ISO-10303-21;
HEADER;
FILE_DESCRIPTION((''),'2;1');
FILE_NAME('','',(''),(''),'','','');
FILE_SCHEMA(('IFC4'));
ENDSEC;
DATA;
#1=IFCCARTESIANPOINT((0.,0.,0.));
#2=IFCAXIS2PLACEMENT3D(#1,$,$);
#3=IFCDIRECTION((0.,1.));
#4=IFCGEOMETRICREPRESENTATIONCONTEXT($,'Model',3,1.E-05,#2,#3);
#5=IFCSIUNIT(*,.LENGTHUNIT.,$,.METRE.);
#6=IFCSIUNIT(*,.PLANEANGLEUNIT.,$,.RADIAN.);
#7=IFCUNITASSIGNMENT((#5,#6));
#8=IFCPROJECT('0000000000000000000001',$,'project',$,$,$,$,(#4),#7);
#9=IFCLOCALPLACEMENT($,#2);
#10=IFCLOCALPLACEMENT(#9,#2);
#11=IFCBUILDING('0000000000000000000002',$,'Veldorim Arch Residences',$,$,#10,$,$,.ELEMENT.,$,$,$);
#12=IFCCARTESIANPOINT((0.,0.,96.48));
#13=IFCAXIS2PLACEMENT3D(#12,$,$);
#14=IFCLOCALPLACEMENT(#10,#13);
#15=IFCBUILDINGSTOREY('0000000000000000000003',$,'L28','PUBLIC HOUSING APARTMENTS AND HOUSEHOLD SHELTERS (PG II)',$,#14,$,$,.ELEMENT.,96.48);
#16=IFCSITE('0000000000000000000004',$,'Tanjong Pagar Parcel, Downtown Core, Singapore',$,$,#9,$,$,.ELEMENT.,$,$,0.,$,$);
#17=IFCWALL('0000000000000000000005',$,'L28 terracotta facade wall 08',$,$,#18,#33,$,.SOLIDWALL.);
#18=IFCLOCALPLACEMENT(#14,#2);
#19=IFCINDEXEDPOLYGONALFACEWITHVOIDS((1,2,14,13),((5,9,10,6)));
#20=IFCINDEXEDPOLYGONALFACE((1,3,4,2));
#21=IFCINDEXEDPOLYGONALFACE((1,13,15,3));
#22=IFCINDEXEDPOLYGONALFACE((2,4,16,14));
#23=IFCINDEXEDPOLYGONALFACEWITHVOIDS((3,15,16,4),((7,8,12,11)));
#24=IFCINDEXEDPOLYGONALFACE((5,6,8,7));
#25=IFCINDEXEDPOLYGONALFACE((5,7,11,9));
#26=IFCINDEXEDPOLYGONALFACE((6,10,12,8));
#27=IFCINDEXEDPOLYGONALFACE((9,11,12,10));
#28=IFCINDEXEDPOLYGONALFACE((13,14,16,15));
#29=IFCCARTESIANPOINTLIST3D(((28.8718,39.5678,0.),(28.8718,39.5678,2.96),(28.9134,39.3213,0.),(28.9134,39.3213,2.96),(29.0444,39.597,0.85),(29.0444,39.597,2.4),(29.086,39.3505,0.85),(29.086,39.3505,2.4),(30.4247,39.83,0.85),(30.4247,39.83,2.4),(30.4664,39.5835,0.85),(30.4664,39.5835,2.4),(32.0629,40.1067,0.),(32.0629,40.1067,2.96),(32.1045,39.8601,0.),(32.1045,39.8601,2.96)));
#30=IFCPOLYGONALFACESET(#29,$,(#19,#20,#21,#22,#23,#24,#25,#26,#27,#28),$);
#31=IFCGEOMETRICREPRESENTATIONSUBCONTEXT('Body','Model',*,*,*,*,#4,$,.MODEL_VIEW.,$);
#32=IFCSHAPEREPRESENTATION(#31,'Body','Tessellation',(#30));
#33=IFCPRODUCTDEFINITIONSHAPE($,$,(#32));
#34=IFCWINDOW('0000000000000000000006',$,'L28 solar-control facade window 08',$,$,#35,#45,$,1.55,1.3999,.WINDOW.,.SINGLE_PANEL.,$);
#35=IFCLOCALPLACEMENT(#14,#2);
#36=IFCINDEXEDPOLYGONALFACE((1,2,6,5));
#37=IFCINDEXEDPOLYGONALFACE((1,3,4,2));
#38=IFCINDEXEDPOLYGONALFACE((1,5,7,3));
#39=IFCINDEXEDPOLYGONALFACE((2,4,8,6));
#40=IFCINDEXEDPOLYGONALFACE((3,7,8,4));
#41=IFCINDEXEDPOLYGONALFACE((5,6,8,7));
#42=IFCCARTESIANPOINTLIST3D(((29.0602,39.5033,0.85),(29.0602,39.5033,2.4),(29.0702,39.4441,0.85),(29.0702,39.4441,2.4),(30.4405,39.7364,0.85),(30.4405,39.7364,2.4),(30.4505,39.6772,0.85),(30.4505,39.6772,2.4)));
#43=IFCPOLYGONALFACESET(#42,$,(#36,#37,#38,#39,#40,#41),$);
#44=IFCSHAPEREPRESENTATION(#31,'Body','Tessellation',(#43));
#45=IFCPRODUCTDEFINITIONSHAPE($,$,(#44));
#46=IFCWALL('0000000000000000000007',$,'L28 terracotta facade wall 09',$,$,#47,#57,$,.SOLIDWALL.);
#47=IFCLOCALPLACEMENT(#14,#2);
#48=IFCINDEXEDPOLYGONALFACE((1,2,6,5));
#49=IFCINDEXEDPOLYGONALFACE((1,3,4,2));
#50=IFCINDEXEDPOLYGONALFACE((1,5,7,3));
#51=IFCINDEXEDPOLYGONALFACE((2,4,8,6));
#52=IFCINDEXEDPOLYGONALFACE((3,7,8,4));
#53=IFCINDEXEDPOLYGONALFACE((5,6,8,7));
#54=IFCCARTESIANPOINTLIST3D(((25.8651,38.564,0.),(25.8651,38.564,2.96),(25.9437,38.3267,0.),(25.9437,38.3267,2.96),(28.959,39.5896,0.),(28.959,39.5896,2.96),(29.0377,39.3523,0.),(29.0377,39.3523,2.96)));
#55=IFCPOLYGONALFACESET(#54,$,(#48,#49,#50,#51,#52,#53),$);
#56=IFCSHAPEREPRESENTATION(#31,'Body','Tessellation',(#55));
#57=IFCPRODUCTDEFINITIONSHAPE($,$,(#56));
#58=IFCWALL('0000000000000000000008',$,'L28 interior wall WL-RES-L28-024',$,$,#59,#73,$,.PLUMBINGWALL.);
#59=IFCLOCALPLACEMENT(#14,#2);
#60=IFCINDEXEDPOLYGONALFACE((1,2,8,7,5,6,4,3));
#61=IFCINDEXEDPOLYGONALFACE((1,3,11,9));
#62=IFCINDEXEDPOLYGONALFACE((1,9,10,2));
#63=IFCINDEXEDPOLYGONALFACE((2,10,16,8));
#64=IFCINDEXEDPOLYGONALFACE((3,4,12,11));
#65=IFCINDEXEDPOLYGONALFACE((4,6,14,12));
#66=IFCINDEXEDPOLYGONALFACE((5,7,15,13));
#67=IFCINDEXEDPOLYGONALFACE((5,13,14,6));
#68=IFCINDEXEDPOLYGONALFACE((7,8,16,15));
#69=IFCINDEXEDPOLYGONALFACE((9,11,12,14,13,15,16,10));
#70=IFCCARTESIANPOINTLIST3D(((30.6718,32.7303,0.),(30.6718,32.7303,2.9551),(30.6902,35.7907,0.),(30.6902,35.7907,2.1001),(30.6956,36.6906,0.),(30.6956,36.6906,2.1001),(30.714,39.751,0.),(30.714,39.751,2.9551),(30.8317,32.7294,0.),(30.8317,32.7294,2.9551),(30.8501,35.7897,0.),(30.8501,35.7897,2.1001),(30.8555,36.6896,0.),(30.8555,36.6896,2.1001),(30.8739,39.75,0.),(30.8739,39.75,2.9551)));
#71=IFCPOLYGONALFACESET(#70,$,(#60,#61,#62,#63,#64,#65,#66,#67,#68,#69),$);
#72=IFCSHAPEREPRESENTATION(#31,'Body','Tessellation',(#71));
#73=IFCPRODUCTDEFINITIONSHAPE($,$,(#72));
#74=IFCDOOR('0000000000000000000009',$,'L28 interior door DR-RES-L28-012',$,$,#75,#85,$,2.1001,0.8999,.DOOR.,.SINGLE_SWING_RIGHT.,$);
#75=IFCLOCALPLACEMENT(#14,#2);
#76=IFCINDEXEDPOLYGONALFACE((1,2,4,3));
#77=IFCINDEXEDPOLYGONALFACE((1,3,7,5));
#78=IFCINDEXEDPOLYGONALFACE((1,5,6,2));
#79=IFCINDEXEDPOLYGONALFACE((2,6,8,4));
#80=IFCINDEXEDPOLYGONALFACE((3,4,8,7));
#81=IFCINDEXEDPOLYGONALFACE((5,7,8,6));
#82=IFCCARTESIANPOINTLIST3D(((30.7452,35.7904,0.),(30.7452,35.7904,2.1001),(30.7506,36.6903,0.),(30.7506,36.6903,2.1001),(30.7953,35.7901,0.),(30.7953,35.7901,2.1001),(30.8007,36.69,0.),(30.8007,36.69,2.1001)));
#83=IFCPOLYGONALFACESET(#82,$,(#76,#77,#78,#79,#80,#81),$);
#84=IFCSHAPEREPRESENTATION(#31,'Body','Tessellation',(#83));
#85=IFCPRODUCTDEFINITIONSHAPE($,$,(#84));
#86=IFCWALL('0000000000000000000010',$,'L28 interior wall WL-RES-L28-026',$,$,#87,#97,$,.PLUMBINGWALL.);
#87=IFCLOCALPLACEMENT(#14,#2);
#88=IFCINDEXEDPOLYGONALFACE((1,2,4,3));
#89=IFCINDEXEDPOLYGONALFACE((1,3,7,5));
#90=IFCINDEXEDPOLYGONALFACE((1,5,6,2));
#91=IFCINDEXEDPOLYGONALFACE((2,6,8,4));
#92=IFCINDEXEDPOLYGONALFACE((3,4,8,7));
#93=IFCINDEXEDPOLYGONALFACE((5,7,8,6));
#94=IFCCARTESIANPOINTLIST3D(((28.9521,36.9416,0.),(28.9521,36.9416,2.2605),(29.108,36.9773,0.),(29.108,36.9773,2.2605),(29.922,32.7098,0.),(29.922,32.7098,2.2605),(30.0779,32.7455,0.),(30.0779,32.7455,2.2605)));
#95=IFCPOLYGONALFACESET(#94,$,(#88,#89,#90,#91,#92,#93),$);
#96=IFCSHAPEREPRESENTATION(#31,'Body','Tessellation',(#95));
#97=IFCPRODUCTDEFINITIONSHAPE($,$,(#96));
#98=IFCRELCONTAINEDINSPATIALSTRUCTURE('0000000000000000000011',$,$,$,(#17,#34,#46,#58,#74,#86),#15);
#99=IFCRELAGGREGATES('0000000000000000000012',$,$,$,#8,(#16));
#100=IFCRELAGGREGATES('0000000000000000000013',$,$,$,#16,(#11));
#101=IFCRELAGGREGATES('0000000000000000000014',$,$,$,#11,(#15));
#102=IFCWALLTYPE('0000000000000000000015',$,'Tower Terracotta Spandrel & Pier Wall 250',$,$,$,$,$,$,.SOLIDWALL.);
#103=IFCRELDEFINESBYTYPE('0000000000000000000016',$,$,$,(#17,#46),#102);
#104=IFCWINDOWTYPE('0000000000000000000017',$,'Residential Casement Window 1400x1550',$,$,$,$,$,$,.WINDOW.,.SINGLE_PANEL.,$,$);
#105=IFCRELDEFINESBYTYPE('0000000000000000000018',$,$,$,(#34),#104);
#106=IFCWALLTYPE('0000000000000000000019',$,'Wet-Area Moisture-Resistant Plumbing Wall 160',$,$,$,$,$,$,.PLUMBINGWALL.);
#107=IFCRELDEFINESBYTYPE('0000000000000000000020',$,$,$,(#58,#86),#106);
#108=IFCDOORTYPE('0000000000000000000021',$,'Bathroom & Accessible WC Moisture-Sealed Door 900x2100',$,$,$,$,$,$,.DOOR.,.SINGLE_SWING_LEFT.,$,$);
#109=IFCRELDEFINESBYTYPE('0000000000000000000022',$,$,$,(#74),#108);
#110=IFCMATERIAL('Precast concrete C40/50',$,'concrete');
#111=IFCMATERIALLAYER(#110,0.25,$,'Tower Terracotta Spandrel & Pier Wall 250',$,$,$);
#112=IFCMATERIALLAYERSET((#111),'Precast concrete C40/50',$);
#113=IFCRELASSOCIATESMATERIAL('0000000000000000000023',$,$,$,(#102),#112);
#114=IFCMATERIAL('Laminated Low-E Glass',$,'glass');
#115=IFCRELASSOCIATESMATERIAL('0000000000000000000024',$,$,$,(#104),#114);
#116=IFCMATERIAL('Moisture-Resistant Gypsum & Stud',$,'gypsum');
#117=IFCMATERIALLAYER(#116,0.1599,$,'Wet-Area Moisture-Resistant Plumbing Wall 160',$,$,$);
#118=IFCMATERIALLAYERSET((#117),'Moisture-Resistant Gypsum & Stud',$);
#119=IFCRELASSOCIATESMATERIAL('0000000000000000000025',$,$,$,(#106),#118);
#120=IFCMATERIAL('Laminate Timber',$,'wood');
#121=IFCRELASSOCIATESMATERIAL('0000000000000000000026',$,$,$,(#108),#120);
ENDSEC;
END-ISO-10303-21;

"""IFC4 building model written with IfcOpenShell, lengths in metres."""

from ifc_helpers import new_model, si_unit, direction, frame, frame_2d, origin, place, context, subcontext, project, spatial, rectangle, extrude, material, layer, layer_set, type_object, element, fill, save


model = new_model("IFC4")

# Units and contexts
model_context = context("Model", 3, precision=1e-05, world=origin(), true_north=direction((0.0, 1.0)))
body_context = subcontext(model_context, "Body", "Model", "MODEL_VIEW")
ifc_project = project(units=[si_unit("LENGTHUNIT", "METRE"), si_unit("PLANEANGLEUNIT", "RADIAN")], contexts=[model_context])

# Site, building, storey
site_placement = place(None, origin())
site = spatial("IfcSite", under=ifc_project, at=site_placement, Name="Tanjong Pagar Parcel, Downtown Core, Singapore", CompositionType="ELEMENT", RefElevation=0.0)
building_placement = place(site_placement, origin())
building = spatial("IfcBuilding", under=site, at=building_placement, Name="Veldorim Arch Residences", CompositionType="ELEMENT")
storey_placement = place(building_placement, frame((0.0, 0.0, 96.48)))
storey = spatial("IfcBuildingStorey", under=building, at=storey_placement, Name="L28", Description="PUBLIC HOUSING APARTMENTS AND HOUSEHOLD SHELTERS (PG II)", CompositionType="ELEMENT", Elevation=96.48)

# Wall, opening, window
ifc_material_1 = material(Name="Precast concrete C40/50", Category="concrete")
ifc_layer_1 = layer(ifc_material_1, 0.25, Name="Tower Terracotta Spandrel & Pier Wall 250")
ifc_layer_set_1 = layer_set([ifc_layer_1], Name="Precast concrete C40/50")
wall_type_1 = type_object("IfcWallType", Name="Tower Terracotta Spandrel & Pier Wall 250", PredefinedType="SOLIDWALL", material=ifc_layer_set_1)
wall_1_placement = place(storey_placement, frame((28.8926, 39.4446, 0.0), z_axis=(0.0, 0.0, 1.0), x_axis=(0.986043, 0.16649, 0.0)))
wall_1 = element("IfcWall", 1, at=wall_1_placement, inside=storey, type_object=wall_type_1, Name="L28 terracotta facade wall 08", PredefinedType="SOLIDWALL", context=body_context, shape_type="SweptSolid", body=[
    extrude(rectangle(XDim=3.2363, YDim=0.25, at=frame_2d((1.6182, 0.0))), origin(), (0.0, 0.0, 1.0), 2.96),
])
opening_1_placement = place(wall_1_placement, frame((0.175, 0.0, 0.8501)))
opening_1 = element("IfcOpeningElement", 2, at=opening_1_placement, cuts=wall_1, PredefinedType="OPENING", context=body_context, shape_type="SweptSolid", body=[
    extrude(rectangle(XDim=1.3999, YDim=1.55, at=frame_2d((0.7, 0.7749))), frame((0.0, 0.135, 0.0), z_axis=(0.0, -1.0, 0.0), x_axis=(1.0, 0.0, 0.0)), (0.0, 0.0, 1.0), 0.27),
])
ifc_material_2 = material(Name="Laminated Low-E Glass", Category="glass")
window_type = type_object("IfcWindowType", Name="Residential Casement Window 1400x1550", PartitioningType="SINGLE_PANEL", PredefinedType="WINDOW", material=ifc_material_2)
window_placement = place(opening_1_placement, origin())
window = element("IfcWindow", 3, at=window_placement, inside=storey, type_object=window_type, Name="L28 solar-control facade window 08", OverallHeight=1.55, OverallWidth=1.3999, PartitioningType="SINGLE_PANEL", PredefinedType="WINDOW", context=body_context, shape_type="SweptSolid", body=[
    extrude(rectangle(XDim=1.3999, YDim=1.55, at=frame_2d((0.7, 0.7749))), frame((0.0, 0.03, 0.0), z_axis=(0.0, -1.0, 0.0), x_axis=(1.0, 0.0, 0.0)), (0.0, 0.0, 1.0), 0.0601),
])
fill(opening_1, window)

# Wall
wall_2_placement = place(storey_placement, frame((25.9043, 38.4453, 0.0), z_axis=(0.0, 0.0, 1.0), x_axis=(0.949206, 0.314654, 0.0)))
element("IfcWall", 4, at=wall_2_placement, inside=storey, type_object=wall_type_1, Name="L28 terracotta facade wall 09", PredefinedType="SOLIDWALL", context=body_context, shape_type="SweptSolid", body=[
    extrude(rectangle(XDim=3.2595, YDim=0.25, at=frame_2d((1.6299, 0.0))), origin(), (0.0, 0.0, 1.0), 2.96),
])

# Wall, opening, door
ifc_material_3 = material(Name="Moisture-Resistant Gypsum & Stud", Category="gypsum")
ifc_layer_2 = layer(ifc_material_3, 0.1599, Name="Wet-Area Moisture-Resistant Plumbing Wall 160")
ifc_layer_set_2 = layer_set([ifc_layer_2], Name="Moisture-Resistant Gypsum & Stud")
wall_type_2 = type_object("IfcWallType", Name="Wet-Area Moisture-Resistant Plumbing Wall 160", PredefinedType="PLUMBINGWALL", material=ifc_layer_set_2)
wall_3_placement = place(storey_placement, frame((30.7517, 32.73, 0.0), z_axis=(0.0, 0.0, 1.0), x_axis=(0.006016, 0.999982, 0.0)))
wall_3 = element("IfcWall", 5, at=wall_3_placement, inside=storey, type_object=wall_type_2, Name="L28 interior wall WL-RES-L28-024", PredefinedType="PLUMBINGWALL", context=body_context, shape_type="SweptSolid", body=[
    extrude(rectangle(XDim=7.0208, YDim=0.1599, at=frame_2d((3.5103, 0.0))), origin(), (0.0, 0.0, 1.0), 2.9551),
])
opening_2_placement = place(wall_3_placement, frame((3.0603, 0.0, 0.0)))
opening_2 = element("IfcOpeningElement", 6, at=opening_2_placement, cuts=wall_3, PredefinedType="OPENING", context=body_context, shape_type="SweptSolid", body=[
    extrude(rectangle(XDim=0.8999, YDim=2.1001, at=frame_2d((0.45, 1.05))), frame((0.0, 0.0898, 0.0), z_axis=(0.0, -1.0, 0.0), x_axis=(1.0, 0.0, 0.0)), (0.0, 0.0, 1.0), 0.1799),
])
ifc_material_4 = material(Name="Laminate Timber", Category="wood")
door_type = type_object("IfcDoorType", Name="Bathroom & Accessible WC Moisture-Sealed Door 900x2100", OperationType="SINGLE_SWING_LEFT", PredefinedType="DOOR", material=ifc_material_4)
door_placement = place(opening_2_placement, origin())
door = element("IfcDoor", 7, at=door_placement, inside=storey, type_object=door_type, Name="L28 interior door DR-RES-L28-012", OperationType="SINGLE_SWING_RIGHT", OverallHeight=2.1001, OverallWidth=0.8999, PredefinedType="DOOR", context=body_context, shape_type="SweptSolid", body=[
    extrude(rectangle(XDim=0.8999, YDim=2.1001, at=frame_2d((0.45, 1.05))), frame((0.0, 0.0249, 0.0), z_axis=(0.0, -1.0, 0.0), x_axis=(1.0, 0.0, 0.0)), (0.0, 0.0, 1.0), 0.05),
])
fill(opening_2, door)

# Wall
wall_4_placement = place(storey_placement, frame((30.0, 32.7275, 0.0), z_axis=(0.0, 0.0, 1.0), x_axis=(-0.22341, 0.974725, 0.0)))
element("IfcWall", 8, at=wall_4_placement, inside=storey, type_object=wall_type_2, Name="L28 interior wall WL-RES-L28-026", PredefinedType="PLUMBINGWALL", context=body_context, shape_type="SweptSolid", body=[
    extrude(rectangle(XDim=4.3416, YDim=0.1599, at=frame_2d((2.1709, 0.0))), origin(), (0.0, 0.0, 1.0), 2.2605),
])

save(model, "model.ifc")
